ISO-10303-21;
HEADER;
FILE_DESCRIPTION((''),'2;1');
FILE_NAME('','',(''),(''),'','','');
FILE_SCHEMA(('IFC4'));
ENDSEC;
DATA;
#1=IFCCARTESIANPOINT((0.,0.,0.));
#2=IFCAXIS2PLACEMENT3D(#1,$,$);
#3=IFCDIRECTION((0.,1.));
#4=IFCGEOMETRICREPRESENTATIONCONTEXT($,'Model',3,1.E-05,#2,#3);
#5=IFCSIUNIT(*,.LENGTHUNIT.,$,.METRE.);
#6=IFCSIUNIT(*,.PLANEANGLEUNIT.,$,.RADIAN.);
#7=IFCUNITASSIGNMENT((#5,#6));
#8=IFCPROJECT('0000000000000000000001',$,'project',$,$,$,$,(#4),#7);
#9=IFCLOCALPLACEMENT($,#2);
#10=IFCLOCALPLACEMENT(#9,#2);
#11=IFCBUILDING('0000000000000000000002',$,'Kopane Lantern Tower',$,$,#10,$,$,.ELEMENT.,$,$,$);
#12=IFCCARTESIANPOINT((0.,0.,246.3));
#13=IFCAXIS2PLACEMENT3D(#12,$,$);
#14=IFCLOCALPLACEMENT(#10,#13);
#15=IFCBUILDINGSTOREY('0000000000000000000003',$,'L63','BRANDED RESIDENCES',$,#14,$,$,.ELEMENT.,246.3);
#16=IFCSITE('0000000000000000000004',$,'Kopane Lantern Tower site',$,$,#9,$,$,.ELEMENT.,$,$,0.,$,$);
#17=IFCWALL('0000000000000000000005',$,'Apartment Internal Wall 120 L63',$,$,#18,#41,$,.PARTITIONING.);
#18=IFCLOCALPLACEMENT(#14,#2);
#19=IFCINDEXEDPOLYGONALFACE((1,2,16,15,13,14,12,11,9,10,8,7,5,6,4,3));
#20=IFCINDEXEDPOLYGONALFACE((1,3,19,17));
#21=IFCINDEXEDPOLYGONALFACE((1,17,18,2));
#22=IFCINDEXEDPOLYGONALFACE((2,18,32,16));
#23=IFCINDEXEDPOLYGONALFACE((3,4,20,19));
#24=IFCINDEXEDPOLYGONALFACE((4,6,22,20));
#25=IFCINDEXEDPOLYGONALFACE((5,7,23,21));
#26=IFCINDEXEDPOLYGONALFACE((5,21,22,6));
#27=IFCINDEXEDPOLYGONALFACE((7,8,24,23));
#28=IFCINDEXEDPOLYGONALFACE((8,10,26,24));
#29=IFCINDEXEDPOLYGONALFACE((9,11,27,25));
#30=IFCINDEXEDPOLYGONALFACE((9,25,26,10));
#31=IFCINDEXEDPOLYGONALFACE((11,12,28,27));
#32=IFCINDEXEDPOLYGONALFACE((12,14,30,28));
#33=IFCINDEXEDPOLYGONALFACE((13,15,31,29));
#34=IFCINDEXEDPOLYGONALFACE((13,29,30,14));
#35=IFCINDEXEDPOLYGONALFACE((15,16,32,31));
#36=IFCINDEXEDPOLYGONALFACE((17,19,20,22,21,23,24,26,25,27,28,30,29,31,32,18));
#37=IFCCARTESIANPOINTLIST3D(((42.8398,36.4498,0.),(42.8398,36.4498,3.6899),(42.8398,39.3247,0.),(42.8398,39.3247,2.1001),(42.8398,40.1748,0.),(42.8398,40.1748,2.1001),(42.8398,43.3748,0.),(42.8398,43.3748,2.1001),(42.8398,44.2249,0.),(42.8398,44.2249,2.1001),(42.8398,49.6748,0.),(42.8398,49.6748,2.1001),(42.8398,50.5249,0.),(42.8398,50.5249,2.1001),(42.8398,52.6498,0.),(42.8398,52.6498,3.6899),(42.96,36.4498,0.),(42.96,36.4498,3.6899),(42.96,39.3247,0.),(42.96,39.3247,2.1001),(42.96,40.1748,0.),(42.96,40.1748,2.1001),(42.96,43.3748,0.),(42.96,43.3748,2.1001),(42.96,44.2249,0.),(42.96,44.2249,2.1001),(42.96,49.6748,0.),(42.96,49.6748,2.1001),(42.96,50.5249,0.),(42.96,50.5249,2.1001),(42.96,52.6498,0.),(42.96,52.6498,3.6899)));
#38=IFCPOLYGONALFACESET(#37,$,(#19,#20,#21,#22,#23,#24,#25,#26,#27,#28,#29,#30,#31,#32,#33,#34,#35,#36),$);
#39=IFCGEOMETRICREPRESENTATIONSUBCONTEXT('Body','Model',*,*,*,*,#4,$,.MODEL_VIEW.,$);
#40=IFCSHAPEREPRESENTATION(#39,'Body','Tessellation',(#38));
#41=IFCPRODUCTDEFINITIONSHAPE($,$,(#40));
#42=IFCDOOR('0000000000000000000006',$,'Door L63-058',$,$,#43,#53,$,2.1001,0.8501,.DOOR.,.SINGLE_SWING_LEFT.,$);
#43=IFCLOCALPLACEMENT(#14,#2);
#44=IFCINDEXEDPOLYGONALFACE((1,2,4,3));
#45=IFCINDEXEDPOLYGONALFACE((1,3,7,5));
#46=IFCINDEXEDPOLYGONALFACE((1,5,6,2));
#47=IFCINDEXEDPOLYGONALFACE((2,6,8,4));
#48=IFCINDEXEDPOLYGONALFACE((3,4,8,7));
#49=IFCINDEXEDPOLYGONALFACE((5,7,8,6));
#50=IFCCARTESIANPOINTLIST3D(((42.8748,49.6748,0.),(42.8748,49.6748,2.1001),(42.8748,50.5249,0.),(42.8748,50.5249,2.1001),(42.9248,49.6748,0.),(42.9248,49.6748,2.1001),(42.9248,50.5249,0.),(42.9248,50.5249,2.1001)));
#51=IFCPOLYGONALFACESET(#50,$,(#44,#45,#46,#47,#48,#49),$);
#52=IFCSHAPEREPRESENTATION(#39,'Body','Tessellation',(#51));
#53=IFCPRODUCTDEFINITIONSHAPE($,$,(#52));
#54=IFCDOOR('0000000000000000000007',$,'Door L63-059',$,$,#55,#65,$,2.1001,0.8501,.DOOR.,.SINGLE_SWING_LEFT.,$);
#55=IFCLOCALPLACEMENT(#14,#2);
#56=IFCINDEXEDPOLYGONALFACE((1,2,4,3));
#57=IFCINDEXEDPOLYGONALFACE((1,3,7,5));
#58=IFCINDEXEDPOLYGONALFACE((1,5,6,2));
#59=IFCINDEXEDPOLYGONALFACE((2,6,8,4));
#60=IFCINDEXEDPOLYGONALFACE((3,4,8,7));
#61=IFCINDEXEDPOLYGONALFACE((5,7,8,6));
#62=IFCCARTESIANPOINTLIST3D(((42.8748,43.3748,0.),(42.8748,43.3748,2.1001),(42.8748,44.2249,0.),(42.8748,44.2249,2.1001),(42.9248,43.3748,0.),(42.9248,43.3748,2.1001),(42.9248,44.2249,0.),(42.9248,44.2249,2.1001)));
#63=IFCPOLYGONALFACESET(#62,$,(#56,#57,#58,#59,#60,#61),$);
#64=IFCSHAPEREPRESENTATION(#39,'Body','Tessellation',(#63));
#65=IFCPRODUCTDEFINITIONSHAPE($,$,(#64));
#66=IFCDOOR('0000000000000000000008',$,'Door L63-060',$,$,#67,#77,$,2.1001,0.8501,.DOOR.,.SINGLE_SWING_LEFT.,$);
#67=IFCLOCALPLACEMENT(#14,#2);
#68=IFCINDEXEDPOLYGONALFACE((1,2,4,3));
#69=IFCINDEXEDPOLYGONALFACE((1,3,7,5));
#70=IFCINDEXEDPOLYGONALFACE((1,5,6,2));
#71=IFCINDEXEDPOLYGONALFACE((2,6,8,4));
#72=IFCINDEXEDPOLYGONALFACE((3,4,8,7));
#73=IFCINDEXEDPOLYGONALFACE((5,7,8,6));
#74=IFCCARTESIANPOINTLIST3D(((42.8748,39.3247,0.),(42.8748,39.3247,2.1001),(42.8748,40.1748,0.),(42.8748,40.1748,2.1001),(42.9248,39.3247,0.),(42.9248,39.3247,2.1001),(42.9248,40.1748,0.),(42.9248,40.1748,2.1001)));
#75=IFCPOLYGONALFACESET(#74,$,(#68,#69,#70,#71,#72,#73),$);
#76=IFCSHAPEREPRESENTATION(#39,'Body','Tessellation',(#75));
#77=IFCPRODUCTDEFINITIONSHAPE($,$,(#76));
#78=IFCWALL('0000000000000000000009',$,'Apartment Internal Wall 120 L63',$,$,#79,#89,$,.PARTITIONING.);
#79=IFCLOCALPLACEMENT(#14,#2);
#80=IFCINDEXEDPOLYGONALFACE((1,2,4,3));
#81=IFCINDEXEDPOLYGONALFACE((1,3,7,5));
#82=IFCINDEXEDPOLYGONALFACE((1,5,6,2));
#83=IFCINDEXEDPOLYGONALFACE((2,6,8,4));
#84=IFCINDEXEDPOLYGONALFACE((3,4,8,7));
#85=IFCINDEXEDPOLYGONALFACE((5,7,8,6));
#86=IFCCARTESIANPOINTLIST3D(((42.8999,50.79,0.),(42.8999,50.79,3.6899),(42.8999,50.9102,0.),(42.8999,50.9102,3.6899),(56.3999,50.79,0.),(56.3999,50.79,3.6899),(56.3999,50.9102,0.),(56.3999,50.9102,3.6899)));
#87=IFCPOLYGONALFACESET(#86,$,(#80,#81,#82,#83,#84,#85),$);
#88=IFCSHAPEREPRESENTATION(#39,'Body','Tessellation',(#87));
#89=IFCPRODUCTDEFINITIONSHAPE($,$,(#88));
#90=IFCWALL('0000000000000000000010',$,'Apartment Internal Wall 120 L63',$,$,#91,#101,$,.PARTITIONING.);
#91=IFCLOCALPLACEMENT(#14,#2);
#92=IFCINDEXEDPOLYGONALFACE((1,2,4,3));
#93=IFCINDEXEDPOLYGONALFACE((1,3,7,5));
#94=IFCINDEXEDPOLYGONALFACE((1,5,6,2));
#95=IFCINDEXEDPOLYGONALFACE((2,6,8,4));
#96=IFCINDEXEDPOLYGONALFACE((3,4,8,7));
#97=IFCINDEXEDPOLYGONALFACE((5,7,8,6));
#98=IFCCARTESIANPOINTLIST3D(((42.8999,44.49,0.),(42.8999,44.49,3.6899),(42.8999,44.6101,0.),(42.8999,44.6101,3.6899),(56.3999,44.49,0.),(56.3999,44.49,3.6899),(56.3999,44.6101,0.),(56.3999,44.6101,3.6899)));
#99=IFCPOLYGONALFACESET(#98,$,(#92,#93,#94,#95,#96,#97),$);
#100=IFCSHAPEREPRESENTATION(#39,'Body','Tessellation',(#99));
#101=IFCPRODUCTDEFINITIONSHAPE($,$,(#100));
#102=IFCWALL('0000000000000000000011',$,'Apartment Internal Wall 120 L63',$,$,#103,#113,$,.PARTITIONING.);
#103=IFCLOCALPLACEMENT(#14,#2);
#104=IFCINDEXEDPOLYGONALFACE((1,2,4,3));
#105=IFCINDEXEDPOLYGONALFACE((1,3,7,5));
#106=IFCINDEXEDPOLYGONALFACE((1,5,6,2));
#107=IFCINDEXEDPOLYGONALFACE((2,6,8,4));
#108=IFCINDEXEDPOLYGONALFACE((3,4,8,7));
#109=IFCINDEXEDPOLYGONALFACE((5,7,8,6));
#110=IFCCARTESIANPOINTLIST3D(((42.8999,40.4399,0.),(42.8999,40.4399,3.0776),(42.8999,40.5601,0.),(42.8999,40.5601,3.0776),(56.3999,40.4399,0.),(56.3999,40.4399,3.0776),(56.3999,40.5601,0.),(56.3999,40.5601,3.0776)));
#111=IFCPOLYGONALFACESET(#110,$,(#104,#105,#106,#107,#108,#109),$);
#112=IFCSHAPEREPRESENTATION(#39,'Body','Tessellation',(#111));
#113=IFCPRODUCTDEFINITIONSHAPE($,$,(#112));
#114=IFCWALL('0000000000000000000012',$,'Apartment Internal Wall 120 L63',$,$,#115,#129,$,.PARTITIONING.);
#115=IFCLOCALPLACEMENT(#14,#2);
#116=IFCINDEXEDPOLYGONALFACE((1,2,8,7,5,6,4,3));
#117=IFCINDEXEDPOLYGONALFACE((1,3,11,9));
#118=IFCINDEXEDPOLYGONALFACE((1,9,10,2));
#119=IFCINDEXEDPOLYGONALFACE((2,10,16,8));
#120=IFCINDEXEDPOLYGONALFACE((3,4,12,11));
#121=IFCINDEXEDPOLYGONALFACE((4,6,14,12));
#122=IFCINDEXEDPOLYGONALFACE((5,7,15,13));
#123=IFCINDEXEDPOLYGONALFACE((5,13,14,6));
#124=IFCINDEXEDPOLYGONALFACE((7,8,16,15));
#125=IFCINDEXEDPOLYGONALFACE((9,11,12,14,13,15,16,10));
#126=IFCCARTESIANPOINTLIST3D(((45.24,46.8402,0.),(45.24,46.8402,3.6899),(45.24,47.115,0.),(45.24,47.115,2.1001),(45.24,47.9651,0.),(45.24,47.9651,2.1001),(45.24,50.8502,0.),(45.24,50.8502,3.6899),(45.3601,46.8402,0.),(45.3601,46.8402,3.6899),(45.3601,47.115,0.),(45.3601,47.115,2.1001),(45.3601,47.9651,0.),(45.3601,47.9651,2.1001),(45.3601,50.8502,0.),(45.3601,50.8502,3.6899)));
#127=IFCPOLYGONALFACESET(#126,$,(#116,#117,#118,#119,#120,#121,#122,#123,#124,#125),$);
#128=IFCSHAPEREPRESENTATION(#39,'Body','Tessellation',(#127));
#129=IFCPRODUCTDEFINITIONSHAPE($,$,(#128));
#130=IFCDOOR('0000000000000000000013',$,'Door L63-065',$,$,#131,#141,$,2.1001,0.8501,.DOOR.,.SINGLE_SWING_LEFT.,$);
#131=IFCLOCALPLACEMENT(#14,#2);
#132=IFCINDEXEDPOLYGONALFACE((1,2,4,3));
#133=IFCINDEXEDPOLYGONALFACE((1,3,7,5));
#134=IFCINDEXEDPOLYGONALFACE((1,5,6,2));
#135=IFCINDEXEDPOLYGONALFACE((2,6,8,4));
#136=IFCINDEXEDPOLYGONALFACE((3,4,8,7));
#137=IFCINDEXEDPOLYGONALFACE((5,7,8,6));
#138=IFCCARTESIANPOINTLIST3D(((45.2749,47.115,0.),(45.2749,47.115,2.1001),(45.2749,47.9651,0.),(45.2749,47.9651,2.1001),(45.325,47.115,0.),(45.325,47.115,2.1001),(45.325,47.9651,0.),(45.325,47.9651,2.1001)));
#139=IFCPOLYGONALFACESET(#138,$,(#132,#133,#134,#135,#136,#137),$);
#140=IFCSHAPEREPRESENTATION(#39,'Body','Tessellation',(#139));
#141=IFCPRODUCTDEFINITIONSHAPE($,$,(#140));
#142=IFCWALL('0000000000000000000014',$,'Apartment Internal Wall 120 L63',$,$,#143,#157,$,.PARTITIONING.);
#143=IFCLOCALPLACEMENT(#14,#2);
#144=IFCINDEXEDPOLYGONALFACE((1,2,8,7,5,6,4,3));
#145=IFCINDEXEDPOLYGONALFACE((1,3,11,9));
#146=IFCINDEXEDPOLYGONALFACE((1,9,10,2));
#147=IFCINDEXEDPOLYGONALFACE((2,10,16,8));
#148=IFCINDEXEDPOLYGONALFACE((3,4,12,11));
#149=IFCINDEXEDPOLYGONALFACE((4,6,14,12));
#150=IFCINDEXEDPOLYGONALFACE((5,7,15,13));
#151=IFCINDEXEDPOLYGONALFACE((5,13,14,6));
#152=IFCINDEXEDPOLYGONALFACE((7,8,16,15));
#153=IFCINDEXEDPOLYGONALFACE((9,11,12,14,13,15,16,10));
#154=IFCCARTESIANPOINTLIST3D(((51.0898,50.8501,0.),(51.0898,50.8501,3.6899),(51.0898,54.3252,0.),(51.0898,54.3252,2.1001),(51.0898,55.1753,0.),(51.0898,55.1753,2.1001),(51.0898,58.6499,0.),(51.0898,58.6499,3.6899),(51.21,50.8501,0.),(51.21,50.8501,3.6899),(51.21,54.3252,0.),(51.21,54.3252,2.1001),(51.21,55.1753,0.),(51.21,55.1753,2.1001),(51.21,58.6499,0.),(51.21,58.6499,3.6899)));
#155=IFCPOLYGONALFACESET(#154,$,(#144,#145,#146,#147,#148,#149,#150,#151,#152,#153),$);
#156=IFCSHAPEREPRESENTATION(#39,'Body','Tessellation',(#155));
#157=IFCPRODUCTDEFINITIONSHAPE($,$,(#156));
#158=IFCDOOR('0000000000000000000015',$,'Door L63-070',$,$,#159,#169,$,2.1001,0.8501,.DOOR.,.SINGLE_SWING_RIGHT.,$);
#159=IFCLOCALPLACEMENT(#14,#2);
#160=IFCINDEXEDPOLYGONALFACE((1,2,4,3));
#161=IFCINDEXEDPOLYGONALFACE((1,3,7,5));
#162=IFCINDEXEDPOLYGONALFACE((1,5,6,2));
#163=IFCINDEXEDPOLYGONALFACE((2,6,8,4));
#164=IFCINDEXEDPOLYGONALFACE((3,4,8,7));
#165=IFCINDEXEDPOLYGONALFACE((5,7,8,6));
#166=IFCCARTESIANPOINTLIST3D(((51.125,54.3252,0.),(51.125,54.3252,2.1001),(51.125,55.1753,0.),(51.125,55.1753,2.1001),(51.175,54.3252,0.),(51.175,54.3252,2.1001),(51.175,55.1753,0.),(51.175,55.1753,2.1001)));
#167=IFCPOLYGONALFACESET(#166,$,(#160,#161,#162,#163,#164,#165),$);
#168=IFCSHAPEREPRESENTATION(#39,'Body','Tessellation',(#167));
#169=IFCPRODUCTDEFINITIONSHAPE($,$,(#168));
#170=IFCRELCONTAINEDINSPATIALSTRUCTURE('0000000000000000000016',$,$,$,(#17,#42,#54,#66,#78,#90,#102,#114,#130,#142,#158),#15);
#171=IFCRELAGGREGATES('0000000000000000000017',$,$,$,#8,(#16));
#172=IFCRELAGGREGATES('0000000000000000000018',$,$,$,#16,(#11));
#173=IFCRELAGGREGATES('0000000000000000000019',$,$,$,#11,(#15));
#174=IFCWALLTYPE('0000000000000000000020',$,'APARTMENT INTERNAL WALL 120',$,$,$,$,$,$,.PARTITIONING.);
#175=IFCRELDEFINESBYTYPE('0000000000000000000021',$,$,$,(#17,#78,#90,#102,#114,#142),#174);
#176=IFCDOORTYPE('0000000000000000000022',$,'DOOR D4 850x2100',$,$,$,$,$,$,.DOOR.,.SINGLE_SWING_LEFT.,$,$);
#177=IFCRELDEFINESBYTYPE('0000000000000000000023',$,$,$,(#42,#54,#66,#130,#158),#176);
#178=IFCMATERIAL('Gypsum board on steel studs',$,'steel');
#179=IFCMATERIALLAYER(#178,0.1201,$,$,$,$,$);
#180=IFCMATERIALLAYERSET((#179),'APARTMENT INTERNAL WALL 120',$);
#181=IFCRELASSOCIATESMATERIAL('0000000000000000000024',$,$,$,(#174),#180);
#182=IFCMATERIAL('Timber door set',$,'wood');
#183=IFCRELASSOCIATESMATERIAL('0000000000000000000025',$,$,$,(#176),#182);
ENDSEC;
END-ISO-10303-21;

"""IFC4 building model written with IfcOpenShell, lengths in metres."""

from ifc_helpers import new_model, si_unit, direction, frame, frame_2d, origin, place, context, subcontext, project, spatial, rectangle, extrude, material, layer, layer_set, type_object, element, fill, save


model = new_model("IFC4")

# Units and contexts
model_context = context("Model", 3, precision=1e-05, world=origin(), true_north=direction((0.0, 1.0)))
body_context = subcontext(model_context, "Body", "Model", "MODEL_VIEW")
ifc_project = project(units=[si_unit("LENGTHUNIT", "METRE"), si_unit("PLANEANGLEUNIT", "RADIAN")], contexts=[model_context])

# Site, building, storey
site_placement = place(None, origin())
site = spatial("IfcSite", under=ifc_project, at=site_placement, Name="Kopane Lantern Tower site", CompositionType="ELEMENT", RefElevation=0.0)
building_placement = place(site_placement, origin())
building = spatial("IfcBuilding", under=site, at=building_placement, Name="Kopane Lantern Tower", CompositionType="ELEMENT")
storey_placement = place(building_placement, frame((0.0, 0.0, 246.3)))
storey = spatial("IfcBuildingStorey", under=building, at=storey_placement, Name="L63", Description="BRANDED RESIDENCES", CompositionType="ELEMENT", Elevation=246.3)

# Wall, openings, doors
ifc_material_1 = material(Name="Gypsum board on steel studs", Category="steel")
ifc_layer_1 = layer(ifc_material_1, 0.1201)
ifc_layer_set_1 = layer_set([ifc_layer_1], Name="APARTMENT INTERNAL WALL 120")
wall_type_1 = type_object("IfcWallType", Name="APARTMENT INTERNAL WALL 120", PredefinedType="PARTITIONING", material=ifc_layer_set_1)
wall_1_placement = place(storey_placement, frame((42.8999, 52.6499, 0.0), z_axis=(0.0, 0.0, 1.0), x_axis=(0.0, -1.0, 0.0)))
wall_1 = element("IfcWall", 1, at=wall_1_placement, inside=storey, type_object=wall_type_1, Name="Apartment Internal Wall 120 L63", PredefinedType="PARTITIONING", context=body_context, shape_type="SweptSolid", body=[
    extrude(rectangle(XDim=16.2, YDim=0.1201, at=frame_2d((8.1001, 0.0))), origin(), (0.0, 0.0, 1.0), 3.6899),
])
opening_1_placement = place(wall_1_placement, frame((2.125, 0.0, 0.0)))
opening_1 = element("IfcOpeningElement", 2, at=opening_1_placement, cuts=wall_1, PredefinedType="OPENING", context=body_context, shape_type="SweptSolid", body=[
    extrude(rectangle(XDim=0.8501, YDim=2.1001, at=frame_2d((0.425, 1.05))), frame((0.0, 0.0701, 0.0), z_axis=(0.0, -1.0, 0.0), x_axis=(1.0, 0.0, 0.0)), (0.0, 0.0, 1.0), 0.1401),
])
opening_2_placement = place(wall_1_placement, frame((8.425, 0.0, 0.0)))
opening_2 = element("IfcOpeningElement", 3, at=opening_2_placement, cuts=wall_1, PredefinedType="OPENING", context=body_context, shape_type="SweptSolid", body=[
    extrude(rectangle(XDim=0.8501, YDim=2.1001, at=frame_2d((0.425, 1.05))), frame((0.0, 0.0701, 0.0), z_axis=(0.0, -1.0, 0.0), x_axis=(1.0, 0.0, 0.0)), (0.0, 0.0, 1.0), 0.1401),
])
opening_3_placement = place(wall_1_placement, frame((12.4751, 0.0, 0.0)))
opening_3 = element("IfcOpeningElement", 4, at=opening_3_placement, cuts=wall_1, PredefinedType="OPENING", context=body_context, shape_type="SweptSolid", body=[
    extrude(rectangle(XDim=0.8501, YDim=2.1001, at=frame_2d((0.425, 1.05))), frame((0.0, 0.0701, 0.0), z_axis=(0.0, -1.0, 0.0), x_axis=(1.0, 0.0, 0.0)), (0.0, 0.0, 1.0), 0.1401),
])
ifc_material_2 = material(Name="Timber door set", Category="wood")
door_type_1 = type_object("IfcDoorType", Name="DOOR D4 850x2100", OperationType="SINGLE_SWING_LEFT", PredefinedType="DOOR", material=ifc_material_2)
door_1_placement = place(opening_1_placement, origin())
door_1 = element("IfcDoor", 5, at=door_1_placement, inside=storey, type_object=door_type_1, Name="Door L63-058", OperationType="SINGLE_SWING_LEFT", OverallHeight=2.1001, OverallWidth=0.8501, PredefinedType="DOOR", context=body_context, shape_type="SweptSolid", body=[
    extrude(rectangle(XDim=0.8501, YDim=2.1001, at=frame_2d((0.425, 1.05))), frame((0.0, 0.0249, 0.0), z_axis=(0.0, -1.0, 0.0), x_axis=(1.0, 0.0, 0.0)), (0.0, 0.0, 1.0), 0.05),
])
fill(opening_1, door_1)
door_2_placement = place(opening_2_placement, origin())
door_2 = element("IfcDoor", 6, at=door_2_placement, inside=storey, type_object=door_type_1, Name="Door L63-059", OperationType="SINGLE_SWING_LEFT", OverallHeight=2.1001, OverallWidth=0.8501, PredefinedType="DOOR", context=body_context, shape_type="SweptSolid", body=[
    extrude(rectangle(XDim=0.8501, YDim=2.1001, at=frame_2d((0.425, 1.05))), frame((0.0, 0.0249, 0.0), z_axis=(0.0, -1.0, 0.0), x_axis=(1.0, 0.0, 0.0)), (0.0, 0.0, 1.0), 0.05),
])
fill(opening_2, door_2)
door_3_placement = place(opening_3_placement, origin())
door_3 = element("IfcDoor", 7, at=door_3_placement, inside=storey, type_object=door_type_1, Name="Door L63-060", OperationType="SINGLE_SWING_LEFT", OverallHeight=2.1001, OverallWidth=0.8501, PredefinedType="DOOR", context=body_context, shape_type="SweptSolid", body=[
    extrude(rectangle(XDim=0.8501, YDim=2.1001, at=frame_2d((0.425, 1.05))), frame((0.0, 0.0249, 0.0), z_axis=(0.0, -1.0, 0.0), x_axis=(1.0, 0.0, 0.0)), (0.0, 0.0, 1.0), 0.05),
])
fill(opening_3, door_3)

# Walls
for number, where, z_axis, x_axis, name in (
    (8, (42.8999, 50.8501, 0.0), (0.0, 0.0, 1.0), (1.0, 0.0, 0.0), "Apartment Internal Wall 120 L63"),
    (9, (42.8999, 44.55, 0.0), (0.0, 0.0, 1.0), (1.0, 0.0, 0.0), "Apartment Internal Wall 120 L63"),
):
    element("IfcWall", number, at=place(storey_placement, frame(where, z_axis=z_axis, x_axis=x_axis)), inside=storey, type_object=wall_type_1, Name=name, PredefinedType="PARTITIONING", context=body_context, shape_type="SweptSolid", body=[
        extrude(rectangle(XDim=13.5, YDim=0.1201, at=frame_2d((6.75, 0.0))), origin(), (0.0, 0.0, 1.0), 3.6899),
    ])
wall_2_placement = place(storey_placement, frame((42.8999, 40.5, 0.0), z_axis=(0.0, 0.0, 1.0), x_axis=(1.0, 0.0, 0.0)))
element("IfcWall", 10, at=wall_2_placement, inside=storey, type_object=wall_type_1, Name="Apartment Internal Wall 120 L63", PredefinedType="PARTITIONING", context=body_context, shape_type="SweptSolid", body=[
    extrude(rectangle(XDim=13.5, YDim=0.1201, at=frame_2d((6.75, 0.0))), origin(), (0.0, 0.0, 1.0), 3.0776),
])

# Walls, openings, doors
wall_3_placement = place(storey_placement, frame((45.3, 50.8501, 0.0), z_axis=(0.0, 0.0, 1.0), x_axis=(0.0, -1.0, 0.0)))
wall_3 = element("IfcWall", 11, at=wall_3_placement, inside=storey, type_object=wall_type_1, Name="Apartment Internal Wall 120 L63", PredefinedType="PARTITIONING", context=body_context, shape_type="SweptSolid", body=[
    extrude(rectangle(XDim=4.01, YDim=0.1201, at=frame_2d((2.0049, 0.0))), origin(), (0.0, 0.0, 1.0), 3.6899),
])
opening_4_placement = place(wall_3_placement, frame((2.885, 0.0, 0.0)))
opening_4 = element("IfcOpeningElement", 12, at=opening_4_placement, cuts=wall_3, PredefinedType="OPENING", context=body_context, shape_type="SweptSolid", body=[
    extrude(rectangle(XDim=0.8501, YDim=2.1001, at=frame_2d((0.425, 1.05))), frame((0.0, 0.0701, 0.0), z_axis=(0.0, -1.0, 0.0), x_axis=(1.0, 0.0, 0.0)), (0.0, 0.0, 1.0), 0.1401),
])
door_4_placement = place(opening_4_placement, origin())
door_4 = element("IfcDoor", 13, at=door_4_placement, inside=storey, type_object=door_type_1, Name="Door L63-065", OperationType="SINGLE_SWING_LEFT", OverallHeight=2.1001, OverallWidth=0.8501, PredefinedType="DOOR", context=body_context, shape_type="SweptSolid", body=[
    extrude(rectangle(XDim=0.8501, YDim=2.1001, at=frame_2d((0.425, 1.05))), frame((0.0, 0.0249, 0.0), z_axis=(0.0, -1.0, 0.0), x_axis=(1.0, 0.0, 0.0)), (0.0, 0.0, 1.0), 0.05),
])
fill(opening_4, door_4)
wall_4_placement = place(storey_placement, frame((51.1499, 50.8501, 0.0), z_axis=(0.0, 0.0, 1.0), x_axis=(0.0, 1.0, 0.0)))
wall_4 = element("IfcWall", 14, at=wall_4_placement, inside=storey, type_object=wall_type_1, Name="Apartment Internal Wall 120 L63", PredefinedType="PARTITIONING", context=body_context, shape_type="SweptSolid", body=[
    extrude(rectangle(XDim=7.7998, YDim=0.1201, at=frame_2d((3.8999, 0.0))), origin(), (0.0, 0.0, 1.0), 3.6899),
])
opening_5_placement = place(wall_4_placement, frame((3.4751, 0.0, 0.0)))
opening_5 = element("IfcOpeningElement", 15, at=opening_5_placement, cuts=wall_4, PredefinedType="OPENING", context=body_context, shape_type="SweptSolid", body=[
    extrude(rectangle(XDim=0.8501, YDim=2.1001, at=frame_2d((0.425, 1.05))), frame((0.0, 0.0701, 0.0), z_axis=(0.0, -1.0, 0.0), x_axis=(1.0, 0.0, 0.0)), (0.0, 0.0, 1.0), 0.1401),
])
door_5_placement = place(opening_5_placement, origin())
door_5 = element("IfcDoor", 16, at=door_5_placement, inside=storey, type_object=door_type_1, Name="Door L63-070", OperationType="SINGLE_SWING_RIGHT", OverallHeight=2.1001, OverallWidth=0.8501, PredefinedType="DOOR", context=body_context, shape_type="SweptSolid", body=[
    extrude(rectangle(XDim=0.8501, YDim=2.1001, at=frame_2d((0.425, 1.05))), frame((0.0, 0.0249, 0.0), z_axis=(0.0, -1.0, 0.0), x_axis=(1.0, 0.0, 0.0)), (0.0, 0.0, 1.0), 0.05),
])
fill(opening_5, door_5)

save(model, "model.ifc")
